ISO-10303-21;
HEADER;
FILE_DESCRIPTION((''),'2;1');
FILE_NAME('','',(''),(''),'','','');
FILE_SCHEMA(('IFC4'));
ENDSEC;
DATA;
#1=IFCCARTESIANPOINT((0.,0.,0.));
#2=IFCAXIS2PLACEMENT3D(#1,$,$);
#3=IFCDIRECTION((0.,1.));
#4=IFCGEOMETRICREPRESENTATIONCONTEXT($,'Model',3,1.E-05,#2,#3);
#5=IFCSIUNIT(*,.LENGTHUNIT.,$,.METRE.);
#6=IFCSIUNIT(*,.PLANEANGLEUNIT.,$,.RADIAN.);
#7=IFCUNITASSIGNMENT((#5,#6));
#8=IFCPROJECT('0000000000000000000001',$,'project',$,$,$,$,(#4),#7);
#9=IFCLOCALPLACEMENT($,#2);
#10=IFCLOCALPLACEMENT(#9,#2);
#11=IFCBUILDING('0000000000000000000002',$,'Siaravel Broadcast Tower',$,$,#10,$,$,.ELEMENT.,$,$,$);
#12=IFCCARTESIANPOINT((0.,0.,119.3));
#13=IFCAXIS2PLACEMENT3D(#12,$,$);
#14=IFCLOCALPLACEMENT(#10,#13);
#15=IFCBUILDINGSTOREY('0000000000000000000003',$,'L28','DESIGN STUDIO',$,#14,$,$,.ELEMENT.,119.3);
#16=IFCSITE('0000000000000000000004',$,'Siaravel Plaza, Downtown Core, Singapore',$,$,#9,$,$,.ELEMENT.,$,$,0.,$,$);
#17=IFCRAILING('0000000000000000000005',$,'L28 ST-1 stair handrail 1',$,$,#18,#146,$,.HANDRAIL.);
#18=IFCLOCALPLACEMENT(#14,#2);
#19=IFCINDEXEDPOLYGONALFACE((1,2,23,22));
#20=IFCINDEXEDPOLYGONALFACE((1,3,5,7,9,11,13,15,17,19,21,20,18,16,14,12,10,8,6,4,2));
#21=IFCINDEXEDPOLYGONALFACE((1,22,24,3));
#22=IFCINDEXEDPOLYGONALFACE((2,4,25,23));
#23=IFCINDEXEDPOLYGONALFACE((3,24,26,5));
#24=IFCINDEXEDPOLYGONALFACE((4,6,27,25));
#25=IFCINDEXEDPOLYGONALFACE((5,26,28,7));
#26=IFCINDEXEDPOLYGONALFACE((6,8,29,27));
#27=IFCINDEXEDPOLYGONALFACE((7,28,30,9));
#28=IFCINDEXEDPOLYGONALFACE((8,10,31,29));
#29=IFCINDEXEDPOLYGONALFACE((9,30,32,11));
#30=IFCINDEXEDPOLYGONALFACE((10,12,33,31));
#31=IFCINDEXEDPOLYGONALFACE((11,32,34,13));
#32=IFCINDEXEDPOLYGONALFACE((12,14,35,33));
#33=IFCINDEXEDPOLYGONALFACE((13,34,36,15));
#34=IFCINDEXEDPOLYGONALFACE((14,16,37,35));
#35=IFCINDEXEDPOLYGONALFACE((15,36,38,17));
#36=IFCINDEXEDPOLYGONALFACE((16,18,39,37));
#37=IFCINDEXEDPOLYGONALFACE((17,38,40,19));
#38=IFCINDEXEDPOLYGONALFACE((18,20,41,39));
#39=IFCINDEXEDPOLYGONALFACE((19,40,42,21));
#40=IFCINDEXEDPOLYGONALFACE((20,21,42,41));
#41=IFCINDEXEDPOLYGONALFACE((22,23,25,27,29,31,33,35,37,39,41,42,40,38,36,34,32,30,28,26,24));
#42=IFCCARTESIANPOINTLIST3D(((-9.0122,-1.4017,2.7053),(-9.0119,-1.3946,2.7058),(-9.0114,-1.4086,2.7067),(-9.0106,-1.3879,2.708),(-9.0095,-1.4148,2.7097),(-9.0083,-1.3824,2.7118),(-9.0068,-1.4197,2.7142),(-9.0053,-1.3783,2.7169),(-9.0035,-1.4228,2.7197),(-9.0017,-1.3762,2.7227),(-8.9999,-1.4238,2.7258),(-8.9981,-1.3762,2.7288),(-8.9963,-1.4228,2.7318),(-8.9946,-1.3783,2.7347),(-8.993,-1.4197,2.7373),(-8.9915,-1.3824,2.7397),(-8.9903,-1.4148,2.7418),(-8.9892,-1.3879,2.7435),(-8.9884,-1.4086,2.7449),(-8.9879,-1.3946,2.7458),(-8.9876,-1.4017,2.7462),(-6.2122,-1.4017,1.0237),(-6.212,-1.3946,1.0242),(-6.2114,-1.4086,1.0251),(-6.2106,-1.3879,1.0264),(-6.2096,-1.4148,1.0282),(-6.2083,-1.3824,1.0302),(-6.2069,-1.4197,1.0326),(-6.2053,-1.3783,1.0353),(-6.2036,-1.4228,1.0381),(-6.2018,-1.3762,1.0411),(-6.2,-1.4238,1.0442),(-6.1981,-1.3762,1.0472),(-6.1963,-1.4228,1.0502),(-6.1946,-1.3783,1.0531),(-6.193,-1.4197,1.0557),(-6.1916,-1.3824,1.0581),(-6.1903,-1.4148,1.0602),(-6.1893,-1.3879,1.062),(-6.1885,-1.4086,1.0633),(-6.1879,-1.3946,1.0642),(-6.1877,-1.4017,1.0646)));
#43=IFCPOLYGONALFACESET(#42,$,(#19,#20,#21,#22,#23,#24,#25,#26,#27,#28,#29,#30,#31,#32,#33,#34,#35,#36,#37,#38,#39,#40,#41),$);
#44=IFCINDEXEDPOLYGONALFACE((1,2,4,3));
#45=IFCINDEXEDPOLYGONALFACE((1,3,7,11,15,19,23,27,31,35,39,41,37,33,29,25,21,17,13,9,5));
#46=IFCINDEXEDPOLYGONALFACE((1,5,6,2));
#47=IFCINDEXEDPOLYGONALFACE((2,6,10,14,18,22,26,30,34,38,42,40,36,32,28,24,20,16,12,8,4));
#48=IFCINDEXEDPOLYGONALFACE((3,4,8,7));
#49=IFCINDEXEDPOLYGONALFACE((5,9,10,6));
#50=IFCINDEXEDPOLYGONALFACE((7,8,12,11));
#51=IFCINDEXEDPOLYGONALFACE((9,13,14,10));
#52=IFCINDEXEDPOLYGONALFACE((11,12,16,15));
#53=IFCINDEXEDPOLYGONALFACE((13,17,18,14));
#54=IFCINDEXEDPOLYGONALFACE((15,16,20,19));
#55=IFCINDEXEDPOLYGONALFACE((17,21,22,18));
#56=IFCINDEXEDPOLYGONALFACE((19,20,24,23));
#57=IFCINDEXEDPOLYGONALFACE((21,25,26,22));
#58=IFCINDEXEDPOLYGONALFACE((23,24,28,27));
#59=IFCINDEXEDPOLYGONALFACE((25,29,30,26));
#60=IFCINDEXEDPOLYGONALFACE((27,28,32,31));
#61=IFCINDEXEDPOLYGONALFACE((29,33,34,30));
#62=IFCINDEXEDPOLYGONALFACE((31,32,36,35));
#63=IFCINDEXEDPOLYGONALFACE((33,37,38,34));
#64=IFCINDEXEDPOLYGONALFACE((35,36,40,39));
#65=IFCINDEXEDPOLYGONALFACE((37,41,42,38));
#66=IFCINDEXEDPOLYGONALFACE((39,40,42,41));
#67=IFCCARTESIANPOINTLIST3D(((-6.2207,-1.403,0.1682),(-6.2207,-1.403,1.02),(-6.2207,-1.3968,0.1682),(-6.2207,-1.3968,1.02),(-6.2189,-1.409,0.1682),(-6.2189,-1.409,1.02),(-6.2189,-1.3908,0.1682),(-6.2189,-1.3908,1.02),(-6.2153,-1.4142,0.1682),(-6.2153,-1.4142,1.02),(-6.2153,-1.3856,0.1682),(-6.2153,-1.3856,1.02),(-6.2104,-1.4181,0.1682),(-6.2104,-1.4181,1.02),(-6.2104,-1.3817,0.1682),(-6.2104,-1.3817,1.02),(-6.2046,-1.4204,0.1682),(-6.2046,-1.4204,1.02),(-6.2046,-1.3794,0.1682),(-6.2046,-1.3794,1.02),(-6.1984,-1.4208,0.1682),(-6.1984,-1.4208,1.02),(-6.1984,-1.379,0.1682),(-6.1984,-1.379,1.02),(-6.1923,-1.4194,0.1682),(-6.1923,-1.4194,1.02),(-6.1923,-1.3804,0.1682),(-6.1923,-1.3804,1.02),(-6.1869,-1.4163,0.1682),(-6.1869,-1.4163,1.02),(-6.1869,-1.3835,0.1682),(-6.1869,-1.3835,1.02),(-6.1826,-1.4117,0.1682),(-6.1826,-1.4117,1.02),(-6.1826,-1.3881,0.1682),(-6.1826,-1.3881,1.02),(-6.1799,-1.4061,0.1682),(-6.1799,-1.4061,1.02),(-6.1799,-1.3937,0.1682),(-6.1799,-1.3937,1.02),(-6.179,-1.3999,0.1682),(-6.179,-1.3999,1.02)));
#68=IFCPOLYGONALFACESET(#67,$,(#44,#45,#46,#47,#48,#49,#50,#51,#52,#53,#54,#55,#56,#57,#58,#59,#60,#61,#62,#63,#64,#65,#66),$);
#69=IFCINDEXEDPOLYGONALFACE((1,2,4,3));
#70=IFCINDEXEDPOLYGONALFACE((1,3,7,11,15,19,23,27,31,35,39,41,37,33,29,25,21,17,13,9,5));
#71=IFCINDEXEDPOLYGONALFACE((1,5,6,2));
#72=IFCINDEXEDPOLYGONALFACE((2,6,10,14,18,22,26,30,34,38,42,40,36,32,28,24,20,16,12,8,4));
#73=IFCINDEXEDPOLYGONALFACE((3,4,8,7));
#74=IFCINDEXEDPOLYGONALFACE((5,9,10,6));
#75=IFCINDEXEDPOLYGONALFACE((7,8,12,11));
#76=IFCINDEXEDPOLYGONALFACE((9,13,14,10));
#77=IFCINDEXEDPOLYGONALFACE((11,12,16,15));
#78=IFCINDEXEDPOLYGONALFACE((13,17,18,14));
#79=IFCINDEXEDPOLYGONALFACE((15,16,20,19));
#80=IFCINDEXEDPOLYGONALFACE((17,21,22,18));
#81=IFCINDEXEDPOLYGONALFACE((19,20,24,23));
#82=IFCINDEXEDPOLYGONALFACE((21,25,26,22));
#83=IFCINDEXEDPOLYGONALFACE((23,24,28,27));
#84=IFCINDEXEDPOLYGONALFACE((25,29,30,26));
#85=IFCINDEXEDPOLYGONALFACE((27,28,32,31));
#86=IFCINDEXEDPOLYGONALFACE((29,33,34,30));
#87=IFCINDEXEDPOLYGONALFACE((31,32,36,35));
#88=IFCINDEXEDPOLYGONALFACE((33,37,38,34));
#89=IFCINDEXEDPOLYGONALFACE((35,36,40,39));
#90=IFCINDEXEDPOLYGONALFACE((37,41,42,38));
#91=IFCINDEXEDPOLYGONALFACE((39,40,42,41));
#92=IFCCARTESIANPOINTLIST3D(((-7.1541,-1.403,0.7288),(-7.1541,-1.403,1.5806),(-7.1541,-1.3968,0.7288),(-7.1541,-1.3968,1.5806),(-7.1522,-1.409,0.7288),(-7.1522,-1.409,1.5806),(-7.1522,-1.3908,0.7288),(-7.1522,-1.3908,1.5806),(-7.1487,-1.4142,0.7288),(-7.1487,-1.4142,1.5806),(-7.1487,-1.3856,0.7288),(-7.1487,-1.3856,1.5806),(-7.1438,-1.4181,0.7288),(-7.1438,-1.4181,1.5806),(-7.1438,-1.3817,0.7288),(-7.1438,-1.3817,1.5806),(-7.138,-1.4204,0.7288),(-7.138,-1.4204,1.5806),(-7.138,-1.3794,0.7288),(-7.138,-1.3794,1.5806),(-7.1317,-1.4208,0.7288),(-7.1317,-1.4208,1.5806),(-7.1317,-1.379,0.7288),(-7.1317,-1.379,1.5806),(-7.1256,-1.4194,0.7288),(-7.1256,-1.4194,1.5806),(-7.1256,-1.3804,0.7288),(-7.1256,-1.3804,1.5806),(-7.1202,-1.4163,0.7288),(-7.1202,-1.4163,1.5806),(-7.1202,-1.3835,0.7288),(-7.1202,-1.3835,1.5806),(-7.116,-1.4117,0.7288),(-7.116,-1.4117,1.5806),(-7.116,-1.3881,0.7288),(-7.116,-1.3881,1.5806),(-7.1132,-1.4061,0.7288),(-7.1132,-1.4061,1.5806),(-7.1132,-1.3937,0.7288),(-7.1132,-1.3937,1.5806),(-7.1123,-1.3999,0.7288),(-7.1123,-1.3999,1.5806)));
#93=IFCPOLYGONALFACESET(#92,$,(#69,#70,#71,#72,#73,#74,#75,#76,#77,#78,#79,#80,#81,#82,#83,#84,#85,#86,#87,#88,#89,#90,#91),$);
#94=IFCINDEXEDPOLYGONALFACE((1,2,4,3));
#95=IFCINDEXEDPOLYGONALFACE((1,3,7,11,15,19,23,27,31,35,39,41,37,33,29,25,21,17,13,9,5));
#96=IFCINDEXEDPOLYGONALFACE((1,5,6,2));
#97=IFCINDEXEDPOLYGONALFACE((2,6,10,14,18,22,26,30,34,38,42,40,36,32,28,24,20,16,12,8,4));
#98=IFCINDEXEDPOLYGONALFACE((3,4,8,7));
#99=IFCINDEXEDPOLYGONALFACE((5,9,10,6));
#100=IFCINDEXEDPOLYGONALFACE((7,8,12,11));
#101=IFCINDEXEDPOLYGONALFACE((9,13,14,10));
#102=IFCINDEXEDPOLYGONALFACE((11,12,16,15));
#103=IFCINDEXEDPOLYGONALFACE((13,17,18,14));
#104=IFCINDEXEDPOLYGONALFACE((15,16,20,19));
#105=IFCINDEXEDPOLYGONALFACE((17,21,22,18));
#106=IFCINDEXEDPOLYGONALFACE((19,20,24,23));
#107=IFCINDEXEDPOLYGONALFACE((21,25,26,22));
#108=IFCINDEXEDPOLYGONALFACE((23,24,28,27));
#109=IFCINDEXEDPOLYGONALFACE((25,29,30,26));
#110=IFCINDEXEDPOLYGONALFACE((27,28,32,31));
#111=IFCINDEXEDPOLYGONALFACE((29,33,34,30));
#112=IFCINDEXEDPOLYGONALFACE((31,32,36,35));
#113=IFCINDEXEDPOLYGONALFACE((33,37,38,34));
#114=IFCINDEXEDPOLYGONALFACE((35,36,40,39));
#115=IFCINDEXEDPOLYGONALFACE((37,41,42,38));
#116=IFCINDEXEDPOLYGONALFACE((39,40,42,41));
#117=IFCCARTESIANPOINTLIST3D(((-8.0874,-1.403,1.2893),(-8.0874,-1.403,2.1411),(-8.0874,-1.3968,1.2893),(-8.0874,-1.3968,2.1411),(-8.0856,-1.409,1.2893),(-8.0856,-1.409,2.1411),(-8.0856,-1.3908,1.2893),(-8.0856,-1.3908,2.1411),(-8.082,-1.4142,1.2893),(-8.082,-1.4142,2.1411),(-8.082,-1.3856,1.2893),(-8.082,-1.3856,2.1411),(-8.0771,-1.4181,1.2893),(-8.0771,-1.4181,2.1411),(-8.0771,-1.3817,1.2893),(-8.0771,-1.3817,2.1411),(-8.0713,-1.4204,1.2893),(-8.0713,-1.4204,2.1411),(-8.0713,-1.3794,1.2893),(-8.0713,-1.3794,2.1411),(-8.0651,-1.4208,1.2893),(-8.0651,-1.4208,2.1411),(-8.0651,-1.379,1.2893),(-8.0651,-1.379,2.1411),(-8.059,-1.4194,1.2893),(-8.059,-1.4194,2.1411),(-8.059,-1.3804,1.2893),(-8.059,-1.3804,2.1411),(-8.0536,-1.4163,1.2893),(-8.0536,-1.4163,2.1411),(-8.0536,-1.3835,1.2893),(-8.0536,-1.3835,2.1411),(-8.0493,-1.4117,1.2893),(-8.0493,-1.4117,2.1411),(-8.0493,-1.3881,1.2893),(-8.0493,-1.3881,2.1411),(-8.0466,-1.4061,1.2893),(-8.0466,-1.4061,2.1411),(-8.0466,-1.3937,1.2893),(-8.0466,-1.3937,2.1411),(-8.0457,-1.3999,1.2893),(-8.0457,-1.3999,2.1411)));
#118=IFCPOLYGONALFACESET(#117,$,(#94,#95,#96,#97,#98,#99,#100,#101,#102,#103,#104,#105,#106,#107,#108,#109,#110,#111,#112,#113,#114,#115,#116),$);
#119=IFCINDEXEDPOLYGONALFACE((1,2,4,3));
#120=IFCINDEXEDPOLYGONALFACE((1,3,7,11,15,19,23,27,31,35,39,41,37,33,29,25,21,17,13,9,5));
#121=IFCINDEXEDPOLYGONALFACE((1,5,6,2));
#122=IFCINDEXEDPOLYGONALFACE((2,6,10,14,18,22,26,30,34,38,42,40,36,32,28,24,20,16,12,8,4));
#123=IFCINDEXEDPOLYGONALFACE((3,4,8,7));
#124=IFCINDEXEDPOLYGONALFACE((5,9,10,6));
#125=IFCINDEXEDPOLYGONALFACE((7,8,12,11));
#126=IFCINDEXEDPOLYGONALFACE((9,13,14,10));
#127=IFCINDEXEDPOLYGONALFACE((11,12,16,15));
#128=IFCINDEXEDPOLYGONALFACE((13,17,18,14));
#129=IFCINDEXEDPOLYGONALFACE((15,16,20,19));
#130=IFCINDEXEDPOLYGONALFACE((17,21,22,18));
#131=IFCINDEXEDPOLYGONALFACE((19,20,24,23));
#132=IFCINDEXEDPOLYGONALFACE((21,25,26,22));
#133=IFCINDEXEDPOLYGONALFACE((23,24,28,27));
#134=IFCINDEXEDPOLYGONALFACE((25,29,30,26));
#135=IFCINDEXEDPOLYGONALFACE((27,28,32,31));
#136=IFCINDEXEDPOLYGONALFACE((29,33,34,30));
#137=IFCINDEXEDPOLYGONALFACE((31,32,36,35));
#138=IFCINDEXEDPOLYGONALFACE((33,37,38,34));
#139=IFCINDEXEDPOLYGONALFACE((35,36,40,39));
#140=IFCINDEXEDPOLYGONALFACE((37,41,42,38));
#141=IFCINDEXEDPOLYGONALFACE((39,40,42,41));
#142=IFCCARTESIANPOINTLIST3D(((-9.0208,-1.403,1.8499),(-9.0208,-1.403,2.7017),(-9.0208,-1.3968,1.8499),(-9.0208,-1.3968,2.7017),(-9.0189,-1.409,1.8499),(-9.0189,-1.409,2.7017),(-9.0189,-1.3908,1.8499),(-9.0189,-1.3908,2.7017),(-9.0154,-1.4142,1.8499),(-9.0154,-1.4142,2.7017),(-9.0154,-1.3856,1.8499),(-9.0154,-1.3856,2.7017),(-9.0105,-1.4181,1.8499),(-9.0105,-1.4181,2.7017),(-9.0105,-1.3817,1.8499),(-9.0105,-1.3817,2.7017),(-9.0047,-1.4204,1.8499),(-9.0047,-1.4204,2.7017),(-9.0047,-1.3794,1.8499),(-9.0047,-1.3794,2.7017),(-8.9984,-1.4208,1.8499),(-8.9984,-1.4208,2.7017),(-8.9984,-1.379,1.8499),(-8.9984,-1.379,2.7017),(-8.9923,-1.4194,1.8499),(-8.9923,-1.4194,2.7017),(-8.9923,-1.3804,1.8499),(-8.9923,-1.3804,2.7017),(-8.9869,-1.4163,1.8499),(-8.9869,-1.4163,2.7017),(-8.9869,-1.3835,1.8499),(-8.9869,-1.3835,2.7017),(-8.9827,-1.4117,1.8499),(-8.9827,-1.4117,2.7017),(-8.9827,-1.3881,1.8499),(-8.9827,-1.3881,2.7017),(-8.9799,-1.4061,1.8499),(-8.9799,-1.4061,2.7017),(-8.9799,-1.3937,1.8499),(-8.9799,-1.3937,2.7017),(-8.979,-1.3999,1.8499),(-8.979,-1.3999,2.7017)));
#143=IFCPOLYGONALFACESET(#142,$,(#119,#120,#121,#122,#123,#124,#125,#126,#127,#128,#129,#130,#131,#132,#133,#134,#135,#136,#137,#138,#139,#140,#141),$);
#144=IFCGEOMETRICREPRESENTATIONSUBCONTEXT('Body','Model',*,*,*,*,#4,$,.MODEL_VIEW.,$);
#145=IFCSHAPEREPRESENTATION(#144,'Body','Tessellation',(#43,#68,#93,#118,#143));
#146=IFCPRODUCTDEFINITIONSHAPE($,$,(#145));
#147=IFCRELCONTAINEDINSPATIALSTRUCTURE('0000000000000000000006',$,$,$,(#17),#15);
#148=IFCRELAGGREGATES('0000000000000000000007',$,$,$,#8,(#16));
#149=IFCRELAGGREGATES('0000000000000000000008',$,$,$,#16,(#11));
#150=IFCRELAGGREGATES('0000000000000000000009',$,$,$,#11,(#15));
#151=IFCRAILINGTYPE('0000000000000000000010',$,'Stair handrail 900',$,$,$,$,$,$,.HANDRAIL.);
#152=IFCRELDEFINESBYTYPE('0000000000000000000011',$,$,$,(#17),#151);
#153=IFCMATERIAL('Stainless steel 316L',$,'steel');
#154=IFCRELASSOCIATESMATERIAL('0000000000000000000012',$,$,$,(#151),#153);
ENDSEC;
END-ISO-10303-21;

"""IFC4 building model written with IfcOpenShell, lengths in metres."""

from ifc_helpers import new_model, si_unit, direction, frame, origin, origin_2d, place, context, subcontext, project, spatial, circle, extrude, material, type_object, element, save


model = new_model("IFC4")

# Units and contexts
model_context = context("Model", 3, precision=1e-05, world=origin(), true_north=direction((0.0, 1.0)))
body_context = subcontext(model_context, "Body", "Model", "MODEL_VIEW")
ifc_project = project(units=[si_unit("LENGTHUNIT", "METRE"), si_unit("PLANEANGLEUNIT", "RADIAN")], contexts=[model_context])

# Site, building, storey
site_placement = place(None, origin())
site = spatial("IfcSite", under=ifc_project, at=site_placement, Name="Siaravel Plaza, Downtown Core, Singapore", CompositionType="ELEMENT", RefElevation=0.0)
building_placement = place(site_placement, origin())
building = spatial("IfcBuilding", under=site, at=building_placement, Name="Siaravel Broadcast Tower", CompositionType="ELEMENT")
storey_placement = place(building_placement, frame((0.0, 0.0, 119.3)))
storey = spatial("IfcBuildingStorey", under=building, at=storey_placement, Name="L28", Description="DESIGN STUDIO", CompositionType="ELEMENT", Elevation=119.3)

# Shared definitions
ifc_material_1 = material(Name="Stainless steel 316L", Category="steel")

# Railing
railing_type_1 = type_object("IfcRailingType", Name="Stair handrail 900", PredefinedType="HANDRAIL", material=ifc_material_1)
railing_1_placement = place(storey_placement, frame((-6.2, -1.3999, 0.1682)))
element("IfcRailing", 1, at=railing_1_placement, inside=storey, type_object=railing_type_1, Name="L28 ST-1 stair handrail 1", PredefinedType="HANDRAIL", context=body_context, shape_type="SweptSolid", body=[
    extrude(circle(Radius=0.0239, at=origin_2d()), frame((0.0, 0.0, 0.876), z_axis=(-0.857275, 0.0, 0.514858), x_axis=(0.0, -1.0, 0.0)), (0.0, 0.0, 1.0), 3.2661),
    extrude(circle(Radius=0.021, at=origin_2d()), origin(), (0.0, 0.0, 1.0), 0.8518),
    extrude(circle(Radius=0.021, at=origin_2d()), frame((-0.9333, 0.0, 0.5605)), (0.0, 0.0, 1.0), 0.8518),
    extrude(circle(Radius=0.021, at=origin_2d()), frame((-1.8667, 0.0, 1.1211)), (0.0, 0.0, 1.0), 0.8518),
    extrude(circle(Radius=0.021, at=origin_2d()), frame((-2.8, 0.0, 1.6816)), (0.0, 0.0, 1.0), 0.8518),
])

save(model, "model.ifc")
